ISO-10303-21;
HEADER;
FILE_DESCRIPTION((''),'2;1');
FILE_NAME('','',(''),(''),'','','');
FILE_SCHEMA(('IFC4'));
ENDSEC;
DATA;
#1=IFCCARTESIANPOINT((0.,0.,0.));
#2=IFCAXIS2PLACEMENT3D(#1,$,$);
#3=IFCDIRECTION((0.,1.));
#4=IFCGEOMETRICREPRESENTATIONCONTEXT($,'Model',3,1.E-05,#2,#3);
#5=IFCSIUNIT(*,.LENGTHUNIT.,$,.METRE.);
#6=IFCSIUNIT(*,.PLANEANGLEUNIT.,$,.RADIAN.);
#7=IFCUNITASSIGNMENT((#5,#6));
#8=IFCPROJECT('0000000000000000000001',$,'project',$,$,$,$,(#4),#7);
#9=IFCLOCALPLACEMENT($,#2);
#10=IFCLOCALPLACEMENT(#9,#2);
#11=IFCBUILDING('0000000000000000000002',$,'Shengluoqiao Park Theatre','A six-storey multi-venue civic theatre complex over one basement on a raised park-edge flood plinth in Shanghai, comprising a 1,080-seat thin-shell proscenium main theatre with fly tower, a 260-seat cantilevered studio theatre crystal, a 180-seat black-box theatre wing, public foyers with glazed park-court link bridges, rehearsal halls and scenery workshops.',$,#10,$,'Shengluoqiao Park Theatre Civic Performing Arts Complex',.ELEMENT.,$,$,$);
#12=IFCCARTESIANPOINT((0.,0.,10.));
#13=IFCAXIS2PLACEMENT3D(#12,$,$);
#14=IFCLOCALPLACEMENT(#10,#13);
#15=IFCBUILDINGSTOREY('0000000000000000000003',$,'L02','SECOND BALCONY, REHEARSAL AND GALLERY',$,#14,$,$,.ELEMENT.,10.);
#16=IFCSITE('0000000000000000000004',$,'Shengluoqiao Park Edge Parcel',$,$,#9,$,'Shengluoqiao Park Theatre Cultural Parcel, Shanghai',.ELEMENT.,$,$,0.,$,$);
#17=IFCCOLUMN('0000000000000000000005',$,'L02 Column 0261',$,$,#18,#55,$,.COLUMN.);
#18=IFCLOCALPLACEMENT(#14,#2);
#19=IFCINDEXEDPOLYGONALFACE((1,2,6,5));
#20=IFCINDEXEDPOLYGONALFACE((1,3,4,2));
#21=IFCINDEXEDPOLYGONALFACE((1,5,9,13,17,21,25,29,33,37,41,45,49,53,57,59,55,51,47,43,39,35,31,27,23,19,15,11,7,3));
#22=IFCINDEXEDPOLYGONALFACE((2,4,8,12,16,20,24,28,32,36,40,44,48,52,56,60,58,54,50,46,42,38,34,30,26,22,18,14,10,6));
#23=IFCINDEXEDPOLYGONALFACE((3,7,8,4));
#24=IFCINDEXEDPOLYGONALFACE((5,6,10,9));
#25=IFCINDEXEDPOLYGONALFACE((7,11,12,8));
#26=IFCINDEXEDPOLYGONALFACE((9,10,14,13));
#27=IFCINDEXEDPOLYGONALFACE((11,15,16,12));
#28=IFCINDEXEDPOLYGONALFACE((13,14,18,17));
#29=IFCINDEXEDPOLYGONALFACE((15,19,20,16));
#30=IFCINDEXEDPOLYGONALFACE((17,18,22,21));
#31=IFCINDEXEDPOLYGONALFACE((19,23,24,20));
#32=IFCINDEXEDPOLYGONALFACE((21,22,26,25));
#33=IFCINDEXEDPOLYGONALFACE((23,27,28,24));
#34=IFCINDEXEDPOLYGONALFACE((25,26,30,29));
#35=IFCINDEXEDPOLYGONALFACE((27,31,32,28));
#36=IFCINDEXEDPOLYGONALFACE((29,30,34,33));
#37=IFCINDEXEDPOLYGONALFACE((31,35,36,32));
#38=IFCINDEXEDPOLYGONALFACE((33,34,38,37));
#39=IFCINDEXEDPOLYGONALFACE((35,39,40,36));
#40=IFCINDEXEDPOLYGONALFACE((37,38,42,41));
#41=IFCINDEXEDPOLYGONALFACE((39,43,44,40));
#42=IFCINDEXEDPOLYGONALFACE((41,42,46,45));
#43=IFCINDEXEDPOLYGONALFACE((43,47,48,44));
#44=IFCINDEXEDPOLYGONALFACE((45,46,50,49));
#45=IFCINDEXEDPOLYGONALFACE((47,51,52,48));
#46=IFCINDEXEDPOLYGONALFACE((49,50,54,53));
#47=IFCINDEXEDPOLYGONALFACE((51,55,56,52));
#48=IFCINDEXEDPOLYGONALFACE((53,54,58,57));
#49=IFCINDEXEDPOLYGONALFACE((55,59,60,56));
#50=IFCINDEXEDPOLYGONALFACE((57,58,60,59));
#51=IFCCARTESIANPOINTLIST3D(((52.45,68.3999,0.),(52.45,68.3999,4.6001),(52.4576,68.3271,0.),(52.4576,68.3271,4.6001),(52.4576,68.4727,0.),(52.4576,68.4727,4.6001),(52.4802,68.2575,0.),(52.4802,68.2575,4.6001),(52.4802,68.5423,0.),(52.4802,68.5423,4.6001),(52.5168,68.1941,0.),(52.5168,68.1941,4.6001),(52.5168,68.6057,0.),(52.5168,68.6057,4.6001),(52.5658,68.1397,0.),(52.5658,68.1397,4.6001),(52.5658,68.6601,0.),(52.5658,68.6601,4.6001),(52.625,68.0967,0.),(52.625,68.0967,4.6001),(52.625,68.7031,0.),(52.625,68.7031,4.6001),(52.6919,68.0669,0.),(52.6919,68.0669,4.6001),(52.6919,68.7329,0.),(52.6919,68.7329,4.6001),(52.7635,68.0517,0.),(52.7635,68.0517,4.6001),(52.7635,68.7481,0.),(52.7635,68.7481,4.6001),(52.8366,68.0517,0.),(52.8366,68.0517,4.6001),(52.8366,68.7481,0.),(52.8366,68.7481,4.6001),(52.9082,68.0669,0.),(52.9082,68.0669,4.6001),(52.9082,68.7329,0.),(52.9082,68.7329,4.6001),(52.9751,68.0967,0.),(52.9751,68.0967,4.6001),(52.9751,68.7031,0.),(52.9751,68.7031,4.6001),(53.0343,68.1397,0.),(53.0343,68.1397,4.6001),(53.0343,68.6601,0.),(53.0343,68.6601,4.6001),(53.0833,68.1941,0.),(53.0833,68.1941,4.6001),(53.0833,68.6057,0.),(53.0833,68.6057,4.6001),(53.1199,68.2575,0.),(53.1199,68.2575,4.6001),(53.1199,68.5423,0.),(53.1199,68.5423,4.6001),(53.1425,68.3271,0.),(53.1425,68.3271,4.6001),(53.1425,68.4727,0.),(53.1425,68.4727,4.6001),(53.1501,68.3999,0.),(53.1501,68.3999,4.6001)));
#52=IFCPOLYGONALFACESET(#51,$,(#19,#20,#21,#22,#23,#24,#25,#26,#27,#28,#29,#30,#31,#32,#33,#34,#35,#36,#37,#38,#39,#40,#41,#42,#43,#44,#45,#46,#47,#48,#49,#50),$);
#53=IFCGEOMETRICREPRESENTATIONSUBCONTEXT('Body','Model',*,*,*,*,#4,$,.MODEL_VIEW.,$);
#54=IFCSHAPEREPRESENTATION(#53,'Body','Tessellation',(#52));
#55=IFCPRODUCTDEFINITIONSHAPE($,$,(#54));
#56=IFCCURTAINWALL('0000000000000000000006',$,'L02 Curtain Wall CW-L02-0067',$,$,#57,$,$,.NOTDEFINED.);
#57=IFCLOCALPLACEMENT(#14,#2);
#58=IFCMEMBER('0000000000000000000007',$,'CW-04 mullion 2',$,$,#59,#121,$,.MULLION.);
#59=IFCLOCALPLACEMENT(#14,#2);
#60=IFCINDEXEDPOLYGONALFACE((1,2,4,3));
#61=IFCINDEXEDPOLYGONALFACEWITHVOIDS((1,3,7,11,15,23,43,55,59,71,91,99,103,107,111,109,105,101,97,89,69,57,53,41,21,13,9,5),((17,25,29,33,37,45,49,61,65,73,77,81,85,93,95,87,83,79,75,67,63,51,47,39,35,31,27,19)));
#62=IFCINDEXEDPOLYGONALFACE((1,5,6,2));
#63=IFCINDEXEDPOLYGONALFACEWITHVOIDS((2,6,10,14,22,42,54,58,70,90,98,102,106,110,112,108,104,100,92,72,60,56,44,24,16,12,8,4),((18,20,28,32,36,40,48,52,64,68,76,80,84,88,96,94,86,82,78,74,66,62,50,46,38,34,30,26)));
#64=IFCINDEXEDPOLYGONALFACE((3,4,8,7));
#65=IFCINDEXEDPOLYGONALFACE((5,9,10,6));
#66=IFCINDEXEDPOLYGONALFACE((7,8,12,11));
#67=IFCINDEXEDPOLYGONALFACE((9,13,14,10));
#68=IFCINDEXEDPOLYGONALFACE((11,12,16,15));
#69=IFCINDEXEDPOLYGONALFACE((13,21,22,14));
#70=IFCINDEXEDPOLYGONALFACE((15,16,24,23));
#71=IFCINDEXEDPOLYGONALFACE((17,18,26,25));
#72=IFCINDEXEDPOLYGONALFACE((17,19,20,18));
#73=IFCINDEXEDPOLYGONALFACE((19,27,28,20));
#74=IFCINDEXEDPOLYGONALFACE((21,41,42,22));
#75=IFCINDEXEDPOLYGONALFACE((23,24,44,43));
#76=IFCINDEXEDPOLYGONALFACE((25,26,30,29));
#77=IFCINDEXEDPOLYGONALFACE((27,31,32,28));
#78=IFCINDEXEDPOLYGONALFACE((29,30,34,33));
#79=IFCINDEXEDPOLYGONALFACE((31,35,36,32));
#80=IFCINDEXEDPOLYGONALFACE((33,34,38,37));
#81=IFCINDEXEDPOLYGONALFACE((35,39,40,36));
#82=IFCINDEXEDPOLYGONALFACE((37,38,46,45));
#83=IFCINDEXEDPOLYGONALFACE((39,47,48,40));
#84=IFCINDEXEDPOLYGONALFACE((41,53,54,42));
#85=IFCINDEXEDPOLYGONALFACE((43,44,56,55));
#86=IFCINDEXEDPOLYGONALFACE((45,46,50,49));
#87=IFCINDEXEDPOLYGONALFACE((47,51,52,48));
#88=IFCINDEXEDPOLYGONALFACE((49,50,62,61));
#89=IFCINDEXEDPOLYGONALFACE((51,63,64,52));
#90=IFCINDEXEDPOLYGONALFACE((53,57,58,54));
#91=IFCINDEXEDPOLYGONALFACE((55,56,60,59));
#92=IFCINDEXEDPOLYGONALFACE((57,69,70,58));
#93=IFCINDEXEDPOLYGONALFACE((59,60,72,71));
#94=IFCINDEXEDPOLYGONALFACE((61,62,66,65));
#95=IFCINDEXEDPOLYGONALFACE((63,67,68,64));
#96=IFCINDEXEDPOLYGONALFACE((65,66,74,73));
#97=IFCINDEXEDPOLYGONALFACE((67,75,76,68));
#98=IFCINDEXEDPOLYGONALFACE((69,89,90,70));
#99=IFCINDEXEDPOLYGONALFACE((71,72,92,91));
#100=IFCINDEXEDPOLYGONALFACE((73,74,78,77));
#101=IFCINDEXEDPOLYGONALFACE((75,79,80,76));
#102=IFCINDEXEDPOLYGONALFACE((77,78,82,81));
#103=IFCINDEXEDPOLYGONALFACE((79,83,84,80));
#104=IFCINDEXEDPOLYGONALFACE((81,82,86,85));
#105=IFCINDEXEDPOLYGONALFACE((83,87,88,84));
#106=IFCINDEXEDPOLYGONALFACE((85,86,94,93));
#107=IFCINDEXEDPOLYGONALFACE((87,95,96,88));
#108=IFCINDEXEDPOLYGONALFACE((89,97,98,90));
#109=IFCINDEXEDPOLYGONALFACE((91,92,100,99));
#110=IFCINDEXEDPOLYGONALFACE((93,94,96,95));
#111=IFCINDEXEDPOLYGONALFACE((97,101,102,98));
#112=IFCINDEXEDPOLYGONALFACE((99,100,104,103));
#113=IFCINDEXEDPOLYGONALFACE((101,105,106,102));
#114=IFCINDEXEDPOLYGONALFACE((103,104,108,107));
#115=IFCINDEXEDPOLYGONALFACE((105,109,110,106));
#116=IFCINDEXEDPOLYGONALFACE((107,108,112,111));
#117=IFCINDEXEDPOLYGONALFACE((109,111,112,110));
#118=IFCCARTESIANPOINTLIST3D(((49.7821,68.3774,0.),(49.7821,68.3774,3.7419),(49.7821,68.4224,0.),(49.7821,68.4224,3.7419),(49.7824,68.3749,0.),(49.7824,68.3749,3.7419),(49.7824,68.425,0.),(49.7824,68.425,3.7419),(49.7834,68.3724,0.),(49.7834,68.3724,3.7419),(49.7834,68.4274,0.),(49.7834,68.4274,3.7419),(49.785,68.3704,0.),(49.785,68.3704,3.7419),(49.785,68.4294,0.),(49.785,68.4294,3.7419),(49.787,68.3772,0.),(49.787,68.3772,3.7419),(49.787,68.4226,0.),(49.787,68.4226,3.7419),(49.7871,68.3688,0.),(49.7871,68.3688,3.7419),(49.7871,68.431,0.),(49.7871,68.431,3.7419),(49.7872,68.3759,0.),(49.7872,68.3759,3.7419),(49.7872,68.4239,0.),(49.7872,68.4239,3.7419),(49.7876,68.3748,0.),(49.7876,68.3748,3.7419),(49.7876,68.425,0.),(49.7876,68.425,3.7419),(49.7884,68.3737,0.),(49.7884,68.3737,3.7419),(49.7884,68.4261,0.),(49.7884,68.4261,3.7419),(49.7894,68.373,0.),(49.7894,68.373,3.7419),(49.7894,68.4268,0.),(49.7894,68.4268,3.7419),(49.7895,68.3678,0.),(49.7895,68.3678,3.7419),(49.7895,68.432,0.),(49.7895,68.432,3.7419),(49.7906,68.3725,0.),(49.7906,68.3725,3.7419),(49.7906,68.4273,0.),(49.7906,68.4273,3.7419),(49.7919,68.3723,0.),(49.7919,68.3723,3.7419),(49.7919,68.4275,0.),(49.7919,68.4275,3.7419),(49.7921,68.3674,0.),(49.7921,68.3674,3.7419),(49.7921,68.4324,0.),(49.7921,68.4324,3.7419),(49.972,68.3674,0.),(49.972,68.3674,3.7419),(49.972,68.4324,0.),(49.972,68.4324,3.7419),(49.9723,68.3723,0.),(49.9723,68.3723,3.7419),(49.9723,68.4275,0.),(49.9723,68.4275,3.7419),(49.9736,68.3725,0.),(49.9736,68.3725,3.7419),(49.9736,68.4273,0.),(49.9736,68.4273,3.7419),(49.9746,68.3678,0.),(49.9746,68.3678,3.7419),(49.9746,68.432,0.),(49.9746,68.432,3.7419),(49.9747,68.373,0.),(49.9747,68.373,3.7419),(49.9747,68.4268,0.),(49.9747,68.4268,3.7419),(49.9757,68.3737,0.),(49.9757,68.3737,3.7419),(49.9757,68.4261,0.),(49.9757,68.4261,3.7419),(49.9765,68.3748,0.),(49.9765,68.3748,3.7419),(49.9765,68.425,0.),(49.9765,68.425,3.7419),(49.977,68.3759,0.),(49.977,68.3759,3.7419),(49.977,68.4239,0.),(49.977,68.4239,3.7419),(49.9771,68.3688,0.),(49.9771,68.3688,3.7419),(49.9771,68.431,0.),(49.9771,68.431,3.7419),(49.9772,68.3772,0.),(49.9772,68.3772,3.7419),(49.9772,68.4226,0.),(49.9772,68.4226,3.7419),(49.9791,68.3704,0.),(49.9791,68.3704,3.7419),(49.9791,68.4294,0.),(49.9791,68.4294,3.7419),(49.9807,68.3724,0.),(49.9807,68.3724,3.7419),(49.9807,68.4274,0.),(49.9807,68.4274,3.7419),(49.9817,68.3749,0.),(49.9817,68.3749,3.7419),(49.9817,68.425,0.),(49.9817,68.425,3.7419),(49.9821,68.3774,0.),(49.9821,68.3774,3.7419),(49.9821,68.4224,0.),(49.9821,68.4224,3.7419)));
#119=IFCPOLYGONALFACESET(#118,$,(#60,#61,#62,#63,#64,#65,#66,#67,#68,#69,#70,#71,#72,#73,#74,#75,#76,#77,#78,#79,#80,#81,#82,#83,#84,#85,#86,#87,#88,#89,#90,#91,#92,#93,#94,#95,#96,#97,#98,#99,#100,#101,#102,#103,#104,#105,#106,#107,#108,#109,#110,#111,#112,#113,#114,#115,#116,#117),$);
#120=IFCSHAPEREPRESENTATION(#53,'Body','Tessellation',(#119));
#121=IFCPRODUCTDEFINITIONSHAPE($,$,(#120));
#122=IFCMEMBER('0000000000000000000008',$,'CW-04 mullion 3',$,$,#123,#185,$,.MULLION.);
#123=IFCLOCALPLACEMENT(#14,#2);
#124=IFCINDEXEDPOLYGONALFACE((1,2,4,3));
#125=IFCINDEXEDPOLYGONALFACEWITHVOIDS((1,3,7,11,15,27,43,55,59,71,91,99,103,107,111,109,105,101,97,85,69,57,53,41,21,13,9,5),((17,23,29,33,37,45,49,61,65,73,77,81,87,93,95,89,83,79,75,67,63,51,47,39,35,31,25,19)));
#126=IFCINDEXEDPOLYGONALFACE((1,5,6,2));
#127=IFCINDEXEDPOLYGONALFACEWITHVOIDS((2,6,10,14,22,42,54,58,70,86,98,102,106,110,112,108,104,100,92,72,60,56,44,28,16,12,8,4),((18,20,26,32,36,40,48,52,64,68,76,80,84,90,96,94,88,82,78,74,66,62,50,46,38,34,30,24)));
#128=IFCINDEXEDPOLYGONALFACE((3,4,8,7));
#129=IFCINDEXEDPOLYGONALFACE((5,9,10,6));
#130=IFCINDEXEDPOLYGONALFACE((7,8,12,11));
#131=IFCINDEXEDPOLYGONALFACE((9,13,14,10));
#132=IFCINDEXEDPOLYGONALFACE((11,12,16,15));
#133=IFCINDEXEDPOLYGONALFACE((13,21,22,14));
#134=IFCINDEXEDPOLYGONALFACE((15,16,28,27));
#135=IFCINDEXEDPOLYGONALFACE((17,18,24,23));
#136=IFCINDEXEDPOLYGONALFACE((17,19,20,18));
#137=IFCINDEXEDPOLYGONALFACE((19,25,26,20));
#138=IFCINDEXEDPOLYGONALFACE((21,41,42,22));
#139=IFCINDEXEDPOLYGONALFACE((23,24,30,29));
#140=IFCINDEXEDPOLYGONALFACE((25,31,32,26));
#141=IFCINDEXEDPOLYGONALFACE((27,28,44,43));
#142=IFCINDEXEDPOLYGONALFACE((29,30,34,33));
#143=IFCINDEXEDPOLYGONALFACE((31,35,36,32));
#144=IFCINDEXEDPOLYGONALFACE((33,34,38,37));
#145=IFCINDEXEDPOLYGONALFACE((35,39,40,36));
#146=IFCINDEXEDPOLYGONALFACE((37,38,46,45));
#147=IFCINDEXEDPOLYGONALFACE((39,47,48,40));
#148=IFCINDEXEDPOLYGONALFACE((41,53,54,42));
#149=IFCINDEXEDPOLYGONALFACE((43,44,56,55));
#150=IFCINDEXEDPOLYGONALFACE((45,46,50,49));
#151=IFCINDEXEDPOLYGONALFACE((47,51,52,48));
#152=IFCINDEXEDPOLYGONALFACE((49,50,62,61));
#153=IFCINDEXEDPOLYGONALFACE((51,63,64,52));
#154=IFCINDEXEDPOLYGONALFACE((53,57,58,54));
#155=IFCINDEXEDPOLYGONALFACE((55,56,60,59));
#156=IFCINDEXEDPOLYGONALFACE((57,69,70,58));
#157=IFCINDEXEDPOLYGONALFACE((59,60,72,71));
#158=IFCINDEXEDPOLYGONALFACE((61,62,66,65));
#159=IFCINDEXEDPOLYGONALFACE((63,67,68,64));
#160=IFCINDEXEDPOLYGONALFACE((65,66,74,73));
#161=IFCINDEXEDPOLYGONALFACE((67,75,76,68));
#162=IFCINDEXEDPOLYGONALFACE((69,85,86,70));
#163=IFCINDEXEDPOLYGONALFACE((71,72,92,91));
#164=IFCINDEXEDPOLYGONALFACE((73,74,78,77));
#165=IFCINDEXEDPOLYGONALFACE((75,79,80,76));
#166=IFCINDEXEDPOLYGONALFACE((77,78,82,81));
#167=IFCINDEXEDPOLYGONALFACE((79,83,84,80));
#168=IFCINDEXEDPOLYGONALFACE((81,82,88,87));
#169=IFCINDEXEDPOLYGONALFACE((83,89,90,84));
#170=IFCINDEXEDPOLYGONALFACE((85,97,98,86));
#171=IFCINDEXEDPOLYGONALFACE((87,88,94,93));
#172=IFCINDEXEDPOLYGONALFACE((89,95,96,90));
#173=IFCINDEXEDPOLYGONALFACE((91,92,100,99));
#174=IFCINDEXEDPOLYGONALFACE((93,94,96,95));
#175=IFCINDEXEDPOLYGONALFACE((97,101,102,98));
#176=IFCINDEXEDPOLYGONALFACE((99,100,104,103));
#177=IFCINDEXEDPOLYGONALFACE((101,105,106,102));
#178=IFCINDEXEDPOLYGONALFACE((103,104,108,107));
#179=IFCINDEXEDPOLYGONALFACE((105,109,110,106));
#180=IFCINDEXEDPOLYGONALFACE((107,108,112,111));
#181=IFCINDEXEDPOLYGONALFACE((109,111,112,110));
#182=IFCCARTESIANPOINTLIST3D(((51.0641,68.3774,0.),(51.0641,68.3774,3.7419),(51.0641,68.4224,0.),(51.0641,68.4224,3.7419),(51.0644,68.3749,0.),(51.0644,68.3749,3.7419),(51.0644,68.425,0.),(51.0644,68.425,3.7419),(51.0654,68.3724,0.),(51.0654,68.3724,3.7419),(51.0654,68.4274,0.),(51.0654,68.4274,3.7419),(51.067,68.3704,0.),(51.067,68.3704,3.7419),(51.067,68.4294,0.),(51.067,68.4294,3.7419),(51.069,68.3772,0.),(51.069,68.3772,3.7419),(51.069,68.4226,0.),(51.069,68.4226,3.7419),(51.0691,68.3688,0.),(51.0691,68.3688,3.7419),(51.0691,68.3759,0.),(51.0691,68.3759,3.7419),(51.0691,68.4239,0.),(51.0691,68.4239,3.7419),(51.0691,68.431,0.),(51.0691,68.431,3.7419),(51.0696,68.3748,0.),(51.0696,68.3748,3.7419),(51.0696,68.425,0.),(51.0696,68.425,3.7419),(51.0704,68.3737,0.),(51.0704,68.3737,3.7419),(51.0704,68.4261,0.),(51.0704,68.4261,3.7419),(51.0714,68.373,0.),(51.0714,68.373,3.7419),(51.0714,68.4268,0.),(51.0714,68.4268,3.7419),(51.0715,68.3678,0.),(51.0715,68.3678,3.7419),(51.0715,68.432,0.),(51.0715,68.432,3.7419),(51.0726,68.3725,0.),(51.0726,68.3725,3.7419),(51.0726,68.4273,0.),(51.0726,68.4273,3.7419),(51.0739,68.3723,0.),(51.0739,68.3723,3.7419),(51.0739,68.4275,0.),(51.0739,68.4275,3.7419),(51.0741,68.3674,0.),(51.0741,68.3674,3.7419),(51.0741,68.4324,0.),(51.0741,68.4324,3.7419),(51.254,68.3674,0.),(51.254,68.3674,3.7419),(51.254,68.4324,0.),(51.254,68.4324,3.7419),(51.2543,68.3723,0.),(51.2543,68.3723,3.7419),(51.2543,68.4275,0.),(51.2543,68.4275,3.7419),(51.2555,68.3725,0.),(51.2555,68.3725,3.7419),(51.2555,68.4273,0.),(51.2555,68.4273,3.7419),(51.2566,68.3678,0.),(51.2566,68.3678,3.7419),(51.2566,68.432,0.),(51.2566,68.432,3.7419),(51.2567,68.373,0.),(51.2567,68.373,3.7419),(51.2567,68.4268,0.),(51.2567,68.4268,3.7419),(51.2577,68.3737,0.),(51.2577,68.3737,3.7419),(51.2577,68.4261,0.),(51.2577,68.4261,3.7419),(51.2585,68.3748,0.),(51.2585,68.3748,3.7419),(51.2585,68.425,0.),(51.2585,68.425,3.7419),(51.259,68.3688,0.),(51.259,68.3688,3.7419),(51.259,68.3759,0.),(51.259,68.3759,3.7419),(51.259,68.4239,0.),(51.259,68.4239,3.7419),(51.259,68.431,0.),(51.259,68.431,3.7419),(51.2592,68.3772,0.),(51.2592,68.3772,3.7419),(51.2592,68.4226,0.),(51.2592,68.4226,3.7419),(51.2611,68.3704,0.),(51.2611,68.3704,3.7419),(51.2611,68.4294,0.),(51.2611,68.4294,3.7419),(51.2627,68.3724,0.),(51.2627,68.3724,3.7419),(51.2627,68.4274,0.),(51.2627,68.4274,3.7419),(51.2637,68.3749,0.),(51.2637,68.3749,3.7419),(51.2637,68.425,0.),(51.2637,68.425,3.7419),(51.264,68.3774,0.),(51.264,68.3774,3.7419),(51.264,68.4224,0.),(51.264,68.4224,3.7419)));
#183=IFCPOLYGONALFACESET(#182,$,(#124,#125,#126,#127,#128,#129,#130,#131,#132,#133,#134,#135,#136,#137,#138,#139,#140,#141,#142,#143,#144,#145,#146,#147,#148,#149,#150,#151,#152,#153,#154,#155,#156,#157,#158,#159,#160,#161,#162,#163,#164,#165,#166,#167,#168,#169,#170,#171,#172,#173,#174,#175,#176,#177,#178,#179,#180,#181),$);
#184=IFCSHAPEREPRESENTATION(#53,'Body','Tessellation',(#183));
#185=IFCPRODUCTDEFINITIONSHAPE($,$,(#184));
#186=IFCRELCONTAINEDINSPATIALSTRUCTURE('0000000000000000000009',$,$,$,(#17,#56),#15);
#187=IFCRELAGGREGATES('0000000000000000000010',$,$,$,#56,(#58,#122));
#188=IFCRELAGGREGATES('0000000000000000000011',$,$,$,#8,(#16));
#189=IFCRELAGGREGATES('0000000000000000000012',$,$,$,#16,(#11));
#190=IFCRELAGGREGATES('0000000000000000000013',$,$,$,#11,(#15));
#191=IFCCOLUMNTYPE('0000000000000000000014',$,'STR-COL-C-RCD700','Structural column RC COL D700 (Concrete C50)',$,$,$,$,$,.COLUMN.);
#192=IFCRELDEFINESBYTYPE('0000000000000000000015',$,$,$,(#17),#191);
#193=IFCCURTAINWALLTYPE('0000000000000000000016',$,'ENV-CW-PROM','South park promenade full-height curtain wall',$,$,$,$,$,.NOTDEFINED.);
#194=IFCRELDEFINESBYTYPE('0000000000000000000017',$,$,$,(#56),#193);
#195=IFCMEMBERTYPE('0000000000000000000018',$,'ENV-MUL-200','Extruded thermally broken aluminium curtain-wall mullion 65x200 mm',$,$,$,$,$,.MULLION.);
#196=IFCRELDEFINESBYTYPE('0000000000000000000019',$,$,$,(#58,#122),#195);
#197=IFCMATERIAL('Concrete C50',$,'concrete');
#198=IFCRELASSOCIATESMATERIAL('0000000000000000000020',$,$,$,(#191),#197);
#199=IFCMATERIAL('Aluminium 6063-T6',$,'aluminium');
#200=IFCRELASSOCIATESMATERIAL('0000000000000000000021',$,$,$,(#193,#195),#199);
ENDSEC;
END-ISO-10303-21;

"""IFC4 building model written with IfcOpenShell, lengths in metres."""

from ifc_helpers import new_model, si_unit, direction, frame, origin, origin_2d, place, context, subcontext, project, spatial, hollow_rectangle, circle, extrude, material, material_profile, profile_set, type_object, element, aggregate, save


model = new_model("IFC4")

# Units and contexts
model_context = context("Model", 3, precision=1e-05, world=origin(), true_north=direction((0.0, 1.0)))
body_context = subcontext(model_context, "Body", "Model", "MODEL_VIEW")
ifc_project = project(units=[si_unit("LENGTHUNIT", "METRE"), si_unit("PLANEANGLEUNIT", "RADIAN")], contexts=[model_context])

# Site, building, storey
site_placement = place(None, origin())
site = spatial("IfcSite", under=ifc_project, at=site_placement, Name="Shengluoqiao Park Edge Parcel", LongName="Shengluoqiao Park Theatre Cultural Parcel, Shanghai", CompositionType="ELEMENT", RefElevation=0.0)
building_placement = place(site_placement, origin())
building = spatial("IfcBuilding", under=site, at=building_placement, Name="Shengluoqiao Park Theatre", Description="A six-storey multi-venue civic theatre complex over one basement on a raised park-edge flood plinth in Shanghai, comprising a 1,080-seat thin-shell proscenium main theatre with fly tower, a 260-seat cantilevered studio theatre crystal, a 180-seat black-box theatre wing, public foyers with glazed park-court link bridges, rehearsal halls and scenery workshops.", LongName="Shengluoqiao Park Theatre Civic Performing Arts Complex", CompositionType="ELEMENT")
storey_placement = place(building_placement, frame((0.0, 0.0, 10.0)))
storey = spatial("IfcBuildingStorey", under=building, at=storey_placement, Name="L02", Description="SECOND BALCONY, REHEARSAL AND GALLERY", CompositionType="ELEMENT", Elevation=10.0)

# Column
ifc_material_1 = material(Name="Concrete C50", Category="concrete")
ifc_material_profile_1 = material_profile(ifc_material_1, circle(Radius=0.3501, at=origin_2d()), Name="RC COL D700")
ifc_profile_set_1 = profile_set([ifc_material_profile_1], Name="Concrete C50")
column_type = type_object("IfcColumnType", Name="STR-COL-C-RCD700", Description="Structural column RC COL D700 (Concrete C50)", PredefinedType="COLUMN", material=ifc_profile_set_1)
column_placement = place(storey_placement, frame((52.8, 68.3999, 0.0), z_axis=(0.0, 0.0, 1.0), x_axis=(1.0, 0.0, 0.0)))
element("IfcColumn", 1, at=column_placement, inside=storey, type_object=column_type, Name="L02 Column 0261", PredefinedType="COLUMN", context=body_context, shape_type="SweptSolid", body=[
    extrude(circle(Radius=0.3501, at=origin_2d()), origin(), (0.0, 0.0, 1.0), 4.6001),
])

# Curtain wall, members
ifc_material_2 = material(Name="Aluminium 6063-T6", Category="aluminium")
curtain_wall_type = type_object("IfcCurtainWallType", Name="ENV-CW-PROM", Description="South park promenade full-height curtain wall", PredefinedType="NOTDEFINED", material=ifc_material_2)
curtain_wall_1_placement = place(storey_placement, origin())
curtain_wall_1 = element("IfcCurtainWall", 2, at=curtain_wall_1_placement, inside=storey, type_object=curtain_wall_type, Name="L02 Curtain Wall CW-L02-0067", PredefinedType="NOTDEFINED")
ifc_material_profile_2 = material_profile(ifc_material_2, hollow_rectangle(XDim=0.0649, YDim=0.2, WallThickness=0.0049, InnerFilletRadius=0.0049, OuterFilletRadius=0.01, at=origin_2d()), Name="ALU MULLION 200x65x5")
ifc_profile_set_2 = profile_set([ifc_material_profile_2], Name="Aluminium 6063-T6")
member_type_1 = type_object("IfcMemberType", Name="ENV-MUL-200", Description="Extruded thermally broken aluminium curtain-wall mullion 65x200 mm", PredefinedType="MULLION", material=ifc_profile_set_2)
member_1_placement = place(storey_placement, frame((49.8821, 68.3999, 0.0), z_axis=(0.0, 0.0, 1.0), x_axis=(0.0, 1.0, 0.0)))
member_1 = element("IfcMember", 3, at=member_1_placement, type_object=member_type_1, Name="CW-04 mullion 2", PredefinedType="MULLION", context=body_context, shape_type="SweptSolid", body=[
    extrude(hollow_rectangle(XDim=0.0649, YDim=0.2, WallThickness=0.0049, InnerFilletRadius=0.0049, OuterFilletRadius=0.01, at=origin_2d()), origin(), (0.0, 0.0, 1.0), 3.7419),
])
member_2_placement = place(storey_placement, frame((51.1641, 68.3999, 0.0), z_axis=(0.0, 0.0, 1.0), x_axis=(0.0, 1.0, 0.0)))
member_2 = element("IfcMember", 4, at=member_2_placement, type_object=member_type_1, Name="CW-04 mullion 3", PredefinedType="MULLION", context=body_context, shape_type="SweptSolid", body=[
    extrude(hollow_rectangle(XDim=0.0649, YDim=0.2, WallThickness=0.0049, InnerFilletRadius=0.0049, OuterFilletRadius=0.01, at=origin_2d()), origin(), (0.0, 0.0, 1.0), 3.7419),
])

aggregate(curtain_wall_1, [member_1, member_2])

save(model, "model.ifc")
